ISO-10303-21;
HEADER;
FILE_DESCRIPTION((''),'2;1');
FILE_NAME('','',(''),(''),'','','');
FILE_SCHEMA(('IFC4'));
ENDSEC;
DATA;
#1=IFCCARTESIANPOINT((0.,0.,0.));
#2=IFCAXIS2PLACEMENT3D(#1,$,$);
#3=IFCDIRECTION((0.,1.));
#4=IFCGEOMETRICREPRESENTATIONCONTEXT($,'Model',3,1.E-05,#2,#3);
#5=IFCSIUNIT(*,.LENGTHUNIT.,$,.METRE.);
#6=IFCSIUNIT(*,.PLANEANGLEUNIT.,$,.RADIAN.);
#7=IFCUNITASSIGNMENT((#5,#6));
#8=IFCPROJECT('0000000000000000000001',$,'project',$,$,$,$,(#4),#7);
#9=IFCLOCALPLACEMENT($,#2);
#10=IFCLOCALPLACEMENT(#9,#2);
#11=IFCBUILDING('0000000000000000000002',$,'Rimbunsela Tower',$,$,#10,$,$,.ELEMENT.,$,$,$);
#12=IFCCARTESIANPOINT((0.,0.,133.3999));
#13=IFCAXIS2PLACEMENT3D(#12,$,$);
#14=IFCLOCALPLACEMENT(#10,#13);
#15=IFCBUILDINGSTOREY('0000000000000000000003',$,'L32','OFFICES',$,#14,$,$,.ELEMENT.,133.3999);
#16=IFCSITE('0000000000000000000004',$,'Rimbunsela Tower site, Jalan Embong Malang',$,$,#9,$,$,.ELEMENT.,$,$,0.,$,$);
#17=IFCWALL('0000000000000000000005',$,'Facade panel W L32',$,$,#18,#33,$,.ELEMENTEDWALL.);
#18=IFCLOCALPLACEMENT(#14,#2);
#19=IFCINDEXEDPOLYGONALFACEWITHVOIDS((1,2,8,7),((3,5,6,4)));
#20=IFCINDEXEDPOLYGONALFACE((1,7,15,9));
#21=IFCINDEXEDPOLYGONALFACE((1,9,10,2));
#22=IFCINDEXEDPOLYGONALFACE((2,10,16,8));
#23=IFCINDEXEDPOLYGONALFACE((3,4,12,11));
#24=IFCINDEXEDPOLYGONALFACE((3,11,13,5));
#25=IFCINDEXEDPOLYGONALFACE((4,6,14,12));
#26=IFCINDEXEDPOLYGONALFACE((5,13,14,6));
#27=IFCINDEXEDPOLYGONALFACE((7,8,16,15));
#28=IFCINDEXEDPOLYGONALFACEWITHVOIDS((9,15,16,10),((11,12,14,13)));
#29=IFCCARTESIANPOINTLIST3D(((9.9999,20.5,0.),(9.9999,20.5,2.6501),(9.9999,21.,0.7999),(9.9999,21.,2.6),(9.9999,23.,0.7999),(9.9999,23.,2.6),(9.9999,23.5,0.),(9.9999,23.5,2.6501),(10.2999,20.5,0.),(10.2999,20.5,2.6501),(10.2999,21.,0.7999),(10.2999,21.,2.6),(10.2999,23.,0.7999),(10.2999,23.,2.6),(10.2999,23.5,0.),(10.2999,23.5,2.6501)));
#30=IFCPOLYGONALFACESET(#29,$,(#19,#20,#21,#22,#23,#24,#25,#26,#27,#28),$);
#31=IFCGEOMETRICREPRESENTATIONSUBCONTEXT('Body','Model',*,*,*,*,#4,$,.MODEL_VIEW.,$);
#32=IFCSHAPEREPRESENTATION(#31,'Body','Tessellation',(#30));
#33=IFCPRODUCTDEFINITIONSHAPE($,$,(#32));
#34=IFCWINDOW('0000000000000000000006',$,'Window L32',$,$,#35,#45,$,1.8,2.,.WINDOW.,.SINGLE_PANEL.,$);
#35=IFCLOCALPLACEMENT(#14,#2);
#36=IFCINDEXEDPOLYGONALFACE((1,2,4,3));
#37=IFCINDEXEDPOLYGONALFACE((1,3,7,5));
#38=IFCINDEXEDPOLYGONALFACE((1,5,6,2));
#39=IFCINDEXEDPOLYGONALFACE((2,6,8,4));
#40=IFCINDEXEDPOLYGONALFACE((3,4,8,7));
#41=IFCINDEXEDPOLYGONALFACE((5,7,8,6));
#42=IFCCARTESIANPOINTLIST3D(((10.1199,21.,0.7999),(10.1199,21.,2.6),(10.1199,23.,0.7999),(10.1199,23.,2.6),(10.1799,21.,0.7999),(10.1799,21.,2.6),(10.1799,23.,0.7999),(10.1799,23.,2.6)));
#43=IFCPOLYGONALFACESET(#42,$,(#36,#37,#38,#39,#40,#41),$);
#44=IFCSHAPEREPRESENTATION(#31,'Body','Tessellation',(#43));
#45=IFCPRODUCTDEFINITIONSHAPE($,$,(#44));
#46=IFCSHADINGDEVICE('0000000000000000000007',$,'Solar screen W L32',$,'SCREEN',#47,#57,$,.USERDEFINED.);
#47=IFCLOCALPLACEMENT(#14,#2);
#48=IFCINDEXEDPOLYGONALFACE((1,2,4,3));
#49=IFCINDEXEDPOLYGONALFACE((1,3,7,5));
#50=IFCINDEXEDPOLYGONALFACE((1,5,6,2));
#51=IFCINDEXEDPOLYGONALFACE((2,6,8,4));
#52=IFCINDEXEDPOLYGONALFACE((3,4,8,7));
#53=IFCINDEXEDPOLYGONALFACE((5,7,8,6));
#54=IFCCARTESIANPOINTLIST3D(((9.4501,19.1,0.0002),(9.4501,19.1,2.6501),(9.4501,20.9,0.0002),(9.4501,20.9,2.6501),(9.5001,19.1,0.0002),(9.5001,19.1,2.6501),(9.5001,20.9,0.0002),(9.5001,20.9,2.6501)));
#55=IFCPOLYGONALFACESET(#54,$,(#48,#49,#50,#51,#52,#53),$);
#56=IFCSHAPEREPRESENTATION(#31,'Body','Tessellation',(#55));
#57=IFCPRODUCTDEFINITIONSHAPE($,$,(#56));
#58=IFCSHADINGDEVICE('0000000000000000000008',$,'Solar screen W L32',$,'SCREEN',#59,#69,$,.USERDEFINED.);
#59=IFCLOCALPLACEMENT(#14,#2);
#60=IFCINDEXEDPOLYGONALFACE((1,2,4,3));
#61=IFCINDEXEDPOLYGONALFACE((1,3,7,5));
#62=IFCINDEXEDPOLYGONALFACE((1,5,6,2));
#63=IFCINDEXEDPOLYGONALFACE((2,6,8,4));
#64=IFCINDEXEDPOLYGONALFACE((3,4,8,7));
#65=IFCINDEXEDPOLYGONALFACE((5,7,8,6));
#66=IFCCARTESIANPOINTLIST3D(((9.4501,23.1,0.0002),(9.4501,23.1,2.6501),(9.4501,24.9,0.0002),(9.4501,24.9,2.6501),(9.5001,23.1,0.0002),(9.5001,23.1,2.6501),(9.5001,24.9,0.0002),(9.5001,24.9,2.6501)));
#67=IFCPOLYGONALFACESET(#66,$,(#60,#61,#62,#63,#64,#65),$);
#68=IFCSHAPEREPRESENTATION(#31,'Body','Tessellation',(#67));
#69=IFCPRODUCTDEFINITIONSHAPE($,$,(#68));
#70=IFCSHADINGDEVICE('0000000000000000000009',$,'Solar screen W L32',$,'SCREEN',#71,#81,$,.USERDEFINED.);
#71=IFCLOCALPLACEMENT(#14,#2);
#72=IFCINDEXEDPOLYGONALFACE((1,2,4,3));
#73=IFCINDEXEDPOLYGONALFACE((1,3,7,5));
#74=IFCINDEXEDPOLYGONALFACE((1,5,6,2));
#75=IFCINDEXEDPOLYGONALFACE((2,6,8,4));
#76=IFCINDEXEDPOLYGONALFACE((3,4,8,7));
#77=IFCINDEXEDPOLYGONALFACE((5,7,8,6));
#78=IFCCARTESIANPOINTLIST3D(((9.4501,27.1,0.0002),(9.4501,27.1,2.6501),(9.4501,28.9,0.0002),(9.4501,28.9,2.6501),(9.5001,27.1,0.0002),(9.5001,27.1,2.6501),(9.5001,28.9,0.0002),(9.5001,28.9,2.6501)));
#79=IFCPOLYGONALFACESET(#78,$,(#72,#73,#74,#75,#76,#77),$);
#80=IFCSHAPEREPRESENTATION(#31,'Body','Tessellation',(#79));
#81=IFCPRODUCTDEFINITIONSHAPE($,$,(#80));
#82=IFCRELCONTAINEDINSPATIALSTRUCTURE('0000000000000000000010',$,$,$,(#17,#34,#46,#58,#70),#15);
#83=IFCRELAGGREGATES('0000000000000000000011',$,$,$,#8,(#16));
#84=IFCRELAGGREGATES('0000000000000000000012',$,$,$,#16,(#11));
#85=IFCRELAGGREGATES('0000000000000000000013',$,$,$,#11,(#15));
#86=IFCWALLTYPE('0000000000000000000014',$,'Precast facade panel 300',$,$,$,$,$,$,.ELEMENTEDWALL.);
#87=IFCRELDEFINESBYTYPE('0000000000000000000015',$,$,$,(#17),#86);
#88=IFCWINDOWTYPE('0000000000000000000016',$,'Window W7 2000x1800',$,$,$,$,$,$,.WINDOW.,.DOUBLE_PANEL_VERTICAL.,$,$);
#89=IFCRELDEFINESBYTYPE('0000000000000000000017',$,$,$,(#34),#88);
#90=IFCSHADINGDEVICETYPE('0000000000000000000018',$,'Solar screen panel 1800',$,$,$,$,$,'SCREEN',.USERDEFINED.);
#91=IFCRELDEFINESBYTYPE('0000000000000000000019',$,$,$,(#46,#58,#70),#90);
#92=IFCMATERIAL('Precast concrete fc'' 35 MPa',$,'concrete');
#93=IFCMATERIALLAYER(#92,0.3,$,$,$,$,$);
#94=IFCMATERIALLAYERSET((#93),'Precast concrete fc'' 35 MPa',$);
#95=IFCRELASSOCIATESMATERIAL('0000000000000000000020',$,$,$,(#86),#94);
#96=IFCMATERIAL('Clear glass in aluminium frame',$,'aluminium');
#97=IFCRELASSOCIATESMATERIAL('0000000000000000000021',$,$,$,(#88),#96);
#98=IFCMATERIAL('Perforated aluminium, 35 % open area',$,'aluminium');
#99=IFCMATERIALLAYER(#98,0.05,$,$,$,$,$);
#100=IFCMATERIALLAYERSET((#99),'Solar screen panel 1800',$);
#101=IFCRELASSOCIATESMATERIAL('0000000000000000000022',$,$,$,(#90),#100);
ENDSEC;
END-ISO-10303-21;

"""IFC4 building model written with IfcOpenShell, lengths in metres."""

from ifc_helpers import new_model, si_unit, direction, frame, frame_2d, origin, origin_2d, place, context, subcontext, project, spatial, rectangle, extrude, material, layer, layer_set, type_object, element, fill, save


model = new_model("IFC4")

# Units and contexts
model_context = context("Model", 3, precision=1e-05, world=origin(), true_north=direction((0.0, 1.0)))
body_context = subcontext(model_context, "Body", "Model", "MODEL_VIEW")
ifc_project = project(units=[si_unit("LENGTHUNIT", "METRE"), si_unit("PLANEANGLEUNIT", "RADIAN")], contexts=[model_context])

# Site, building, storey
site_placement = place(None, origin())
site = spatial("IfcSite", under=ifc_project, at=site_placement, Name="Rimbunsela Tower site, Jalan Embong Malang", CompositionType="ELEMENT", RefElevation=0.0)
building_placement = place(site_placement, origin())
building = spatial("IfcBuilding", under=site, at=building_placement, Name="Rimbunsela Tower", CompositionType="ELEMENT")
storey_placement = place(building_placement, frame((0.0, 0.0, 133.3999)))
storey = spatial("IfcBuildingStorey", under=building, at=storey_placement, Name="L32", Description="OFFICES", CompositionType="ELEMENT", Elevation=133.3999)

# Wall, opening, window
ifc_material_1 = material(Name="Precast concrete fc' 35 MPa", Category="concrete")
ifc_layer_1 = layer(ifc_material_1, 0.3)
ifc_layer_set_1 = layer_set([ifc_layer_1], Name="Precast concrete fc' 35 MPa")
wall_type = type_object("IfcWallType", Name="Precast facade panel 300", PredefinedType="ELEMENTEDWALL", material=ifc_layer_set_1)
ifc_material_2 = material(Name="Clear glass in aluminium frame", Category="aluminium")
window_type = type_object("IfcWindowType", Name="Window W7 2000x1800", PartitioningType="DOUBLE_PANEL_VERTICAL", PredefinedType="WINDOW", material=ifc_material_2)
wall_1_placement = place(storey_placement, frame((10.1499, 23.5, 0.0), z_axis=(0.0, 0.0, 1.0), x_axis=(0.0, -1.0, 0.0)))
wall_1 = element("IfcWall", 1, at=wall_1_placement, inside=storey, type_object=wall_type, Name="Facade panel W L32", PredefinedType="ELEMENTEDWALL", context=body_context, shape_type="SweptSolid", body=[
    extrude(rectangle(XDim=3.0, YDim=0.3, at=frame_2d((1.5, 0.0))), origin(), (0.0, 0.0, 1.0), 2.6501),
])
opening_1_placement = place(wall_1_placement, frame((0.5, 0.0, 0.8)))
opening_1 = element("IfcOpeningElement", 2, at=opening_1_placement, cuts=wall_1, PredefinedType="OPENING", context=body_context, shape_type="SweptSolid", body=[
    extrude(rectangle(XDim=2.0, YDim=1.8, at=frame_2d((1.0, 0.8999))), frame((0.0, 0.1599, 0.0), z_axis=(0.0, -1.0, 0.0), x_axis=(1.0, 0.0, 0.0)), (0.0, 0.0, 1.0), 0.3201),
])
window_1_placement = place(opening_1_placement, origin())
window_1 = element("IfcWindow", 3, at=window_1_placement, inside=storey, type_object=window_type, Name="Window L32", OverallHeight=1.8, OverallWidth=2.0, PartitioningType="SINGLE_PANEL", PredefinedType="WINDOW", context=body_context, shape_type="SweptSolid", body=[
    extrude(rectangle(XDim=2.0, YDim=1.8, at=frame_2d((1.0, 0.8999))), frame((0.0, 0.03, 0.0), z_axis=(0.0, -1.0, 0.0), x_axis=(1.0, 0.0, 0.0)), (0.0, 0.0, 1.0), 0.0601),
])
fill(opening_1, window_1)

# Shading devices
ifc_material_3 = material(Name="Perforated aluminium, 35 % open area", Category="aluminium")
ifc_layer_2 = layer(ifc_material_3, 0.05)
ifc_layer_set_2 = layer_set([ifc_layer_2], Name="Solar screen panel 1800")
shading_device_type = type_object("IfcShadingDeviceType", Name="Solar screen panel 1800", ElementType="SCREEN", PredefinedType="USERDEFINED", material=ifc_layer_set_2)
for number, where, z_axis, x_axis, name in (
    (4, (9.4751, 20.0, 0.0002), (0.0, 0.0, 1.0), (0.0, 1.0, 0.0), "Solar screen W L32"),
    (5, (9.4751, 24.0, 0.0002), (0.0, 0.0, 1.0), (0.0, 1.0, 0.0), "Solar screen W L32"),
    (6, (9.4751, 28.0, 0.0002), (0.0, 0.0, 1.0), (0.0, 1.0, 0.0), "Solar screen W L32"),
):
    element("IfcShadingDevice", number, at=place(storey_placement, frame(where, z_axis=z_axis, x_axis=x_axis)), inside=storey, type_object=shading_device_type, Name=name, ObjectType="SCREEN", PredefinedType="USERDEFINED", context=body_context, shape_type="SweptSolid", body=[
        extrude(rectangle(XDim=1.8, YDim=0.05, at=origin_2d()), origin(), (0.0, 0.0, 1.0), 2.6499),
    ])

save(model, "model.ifc")
